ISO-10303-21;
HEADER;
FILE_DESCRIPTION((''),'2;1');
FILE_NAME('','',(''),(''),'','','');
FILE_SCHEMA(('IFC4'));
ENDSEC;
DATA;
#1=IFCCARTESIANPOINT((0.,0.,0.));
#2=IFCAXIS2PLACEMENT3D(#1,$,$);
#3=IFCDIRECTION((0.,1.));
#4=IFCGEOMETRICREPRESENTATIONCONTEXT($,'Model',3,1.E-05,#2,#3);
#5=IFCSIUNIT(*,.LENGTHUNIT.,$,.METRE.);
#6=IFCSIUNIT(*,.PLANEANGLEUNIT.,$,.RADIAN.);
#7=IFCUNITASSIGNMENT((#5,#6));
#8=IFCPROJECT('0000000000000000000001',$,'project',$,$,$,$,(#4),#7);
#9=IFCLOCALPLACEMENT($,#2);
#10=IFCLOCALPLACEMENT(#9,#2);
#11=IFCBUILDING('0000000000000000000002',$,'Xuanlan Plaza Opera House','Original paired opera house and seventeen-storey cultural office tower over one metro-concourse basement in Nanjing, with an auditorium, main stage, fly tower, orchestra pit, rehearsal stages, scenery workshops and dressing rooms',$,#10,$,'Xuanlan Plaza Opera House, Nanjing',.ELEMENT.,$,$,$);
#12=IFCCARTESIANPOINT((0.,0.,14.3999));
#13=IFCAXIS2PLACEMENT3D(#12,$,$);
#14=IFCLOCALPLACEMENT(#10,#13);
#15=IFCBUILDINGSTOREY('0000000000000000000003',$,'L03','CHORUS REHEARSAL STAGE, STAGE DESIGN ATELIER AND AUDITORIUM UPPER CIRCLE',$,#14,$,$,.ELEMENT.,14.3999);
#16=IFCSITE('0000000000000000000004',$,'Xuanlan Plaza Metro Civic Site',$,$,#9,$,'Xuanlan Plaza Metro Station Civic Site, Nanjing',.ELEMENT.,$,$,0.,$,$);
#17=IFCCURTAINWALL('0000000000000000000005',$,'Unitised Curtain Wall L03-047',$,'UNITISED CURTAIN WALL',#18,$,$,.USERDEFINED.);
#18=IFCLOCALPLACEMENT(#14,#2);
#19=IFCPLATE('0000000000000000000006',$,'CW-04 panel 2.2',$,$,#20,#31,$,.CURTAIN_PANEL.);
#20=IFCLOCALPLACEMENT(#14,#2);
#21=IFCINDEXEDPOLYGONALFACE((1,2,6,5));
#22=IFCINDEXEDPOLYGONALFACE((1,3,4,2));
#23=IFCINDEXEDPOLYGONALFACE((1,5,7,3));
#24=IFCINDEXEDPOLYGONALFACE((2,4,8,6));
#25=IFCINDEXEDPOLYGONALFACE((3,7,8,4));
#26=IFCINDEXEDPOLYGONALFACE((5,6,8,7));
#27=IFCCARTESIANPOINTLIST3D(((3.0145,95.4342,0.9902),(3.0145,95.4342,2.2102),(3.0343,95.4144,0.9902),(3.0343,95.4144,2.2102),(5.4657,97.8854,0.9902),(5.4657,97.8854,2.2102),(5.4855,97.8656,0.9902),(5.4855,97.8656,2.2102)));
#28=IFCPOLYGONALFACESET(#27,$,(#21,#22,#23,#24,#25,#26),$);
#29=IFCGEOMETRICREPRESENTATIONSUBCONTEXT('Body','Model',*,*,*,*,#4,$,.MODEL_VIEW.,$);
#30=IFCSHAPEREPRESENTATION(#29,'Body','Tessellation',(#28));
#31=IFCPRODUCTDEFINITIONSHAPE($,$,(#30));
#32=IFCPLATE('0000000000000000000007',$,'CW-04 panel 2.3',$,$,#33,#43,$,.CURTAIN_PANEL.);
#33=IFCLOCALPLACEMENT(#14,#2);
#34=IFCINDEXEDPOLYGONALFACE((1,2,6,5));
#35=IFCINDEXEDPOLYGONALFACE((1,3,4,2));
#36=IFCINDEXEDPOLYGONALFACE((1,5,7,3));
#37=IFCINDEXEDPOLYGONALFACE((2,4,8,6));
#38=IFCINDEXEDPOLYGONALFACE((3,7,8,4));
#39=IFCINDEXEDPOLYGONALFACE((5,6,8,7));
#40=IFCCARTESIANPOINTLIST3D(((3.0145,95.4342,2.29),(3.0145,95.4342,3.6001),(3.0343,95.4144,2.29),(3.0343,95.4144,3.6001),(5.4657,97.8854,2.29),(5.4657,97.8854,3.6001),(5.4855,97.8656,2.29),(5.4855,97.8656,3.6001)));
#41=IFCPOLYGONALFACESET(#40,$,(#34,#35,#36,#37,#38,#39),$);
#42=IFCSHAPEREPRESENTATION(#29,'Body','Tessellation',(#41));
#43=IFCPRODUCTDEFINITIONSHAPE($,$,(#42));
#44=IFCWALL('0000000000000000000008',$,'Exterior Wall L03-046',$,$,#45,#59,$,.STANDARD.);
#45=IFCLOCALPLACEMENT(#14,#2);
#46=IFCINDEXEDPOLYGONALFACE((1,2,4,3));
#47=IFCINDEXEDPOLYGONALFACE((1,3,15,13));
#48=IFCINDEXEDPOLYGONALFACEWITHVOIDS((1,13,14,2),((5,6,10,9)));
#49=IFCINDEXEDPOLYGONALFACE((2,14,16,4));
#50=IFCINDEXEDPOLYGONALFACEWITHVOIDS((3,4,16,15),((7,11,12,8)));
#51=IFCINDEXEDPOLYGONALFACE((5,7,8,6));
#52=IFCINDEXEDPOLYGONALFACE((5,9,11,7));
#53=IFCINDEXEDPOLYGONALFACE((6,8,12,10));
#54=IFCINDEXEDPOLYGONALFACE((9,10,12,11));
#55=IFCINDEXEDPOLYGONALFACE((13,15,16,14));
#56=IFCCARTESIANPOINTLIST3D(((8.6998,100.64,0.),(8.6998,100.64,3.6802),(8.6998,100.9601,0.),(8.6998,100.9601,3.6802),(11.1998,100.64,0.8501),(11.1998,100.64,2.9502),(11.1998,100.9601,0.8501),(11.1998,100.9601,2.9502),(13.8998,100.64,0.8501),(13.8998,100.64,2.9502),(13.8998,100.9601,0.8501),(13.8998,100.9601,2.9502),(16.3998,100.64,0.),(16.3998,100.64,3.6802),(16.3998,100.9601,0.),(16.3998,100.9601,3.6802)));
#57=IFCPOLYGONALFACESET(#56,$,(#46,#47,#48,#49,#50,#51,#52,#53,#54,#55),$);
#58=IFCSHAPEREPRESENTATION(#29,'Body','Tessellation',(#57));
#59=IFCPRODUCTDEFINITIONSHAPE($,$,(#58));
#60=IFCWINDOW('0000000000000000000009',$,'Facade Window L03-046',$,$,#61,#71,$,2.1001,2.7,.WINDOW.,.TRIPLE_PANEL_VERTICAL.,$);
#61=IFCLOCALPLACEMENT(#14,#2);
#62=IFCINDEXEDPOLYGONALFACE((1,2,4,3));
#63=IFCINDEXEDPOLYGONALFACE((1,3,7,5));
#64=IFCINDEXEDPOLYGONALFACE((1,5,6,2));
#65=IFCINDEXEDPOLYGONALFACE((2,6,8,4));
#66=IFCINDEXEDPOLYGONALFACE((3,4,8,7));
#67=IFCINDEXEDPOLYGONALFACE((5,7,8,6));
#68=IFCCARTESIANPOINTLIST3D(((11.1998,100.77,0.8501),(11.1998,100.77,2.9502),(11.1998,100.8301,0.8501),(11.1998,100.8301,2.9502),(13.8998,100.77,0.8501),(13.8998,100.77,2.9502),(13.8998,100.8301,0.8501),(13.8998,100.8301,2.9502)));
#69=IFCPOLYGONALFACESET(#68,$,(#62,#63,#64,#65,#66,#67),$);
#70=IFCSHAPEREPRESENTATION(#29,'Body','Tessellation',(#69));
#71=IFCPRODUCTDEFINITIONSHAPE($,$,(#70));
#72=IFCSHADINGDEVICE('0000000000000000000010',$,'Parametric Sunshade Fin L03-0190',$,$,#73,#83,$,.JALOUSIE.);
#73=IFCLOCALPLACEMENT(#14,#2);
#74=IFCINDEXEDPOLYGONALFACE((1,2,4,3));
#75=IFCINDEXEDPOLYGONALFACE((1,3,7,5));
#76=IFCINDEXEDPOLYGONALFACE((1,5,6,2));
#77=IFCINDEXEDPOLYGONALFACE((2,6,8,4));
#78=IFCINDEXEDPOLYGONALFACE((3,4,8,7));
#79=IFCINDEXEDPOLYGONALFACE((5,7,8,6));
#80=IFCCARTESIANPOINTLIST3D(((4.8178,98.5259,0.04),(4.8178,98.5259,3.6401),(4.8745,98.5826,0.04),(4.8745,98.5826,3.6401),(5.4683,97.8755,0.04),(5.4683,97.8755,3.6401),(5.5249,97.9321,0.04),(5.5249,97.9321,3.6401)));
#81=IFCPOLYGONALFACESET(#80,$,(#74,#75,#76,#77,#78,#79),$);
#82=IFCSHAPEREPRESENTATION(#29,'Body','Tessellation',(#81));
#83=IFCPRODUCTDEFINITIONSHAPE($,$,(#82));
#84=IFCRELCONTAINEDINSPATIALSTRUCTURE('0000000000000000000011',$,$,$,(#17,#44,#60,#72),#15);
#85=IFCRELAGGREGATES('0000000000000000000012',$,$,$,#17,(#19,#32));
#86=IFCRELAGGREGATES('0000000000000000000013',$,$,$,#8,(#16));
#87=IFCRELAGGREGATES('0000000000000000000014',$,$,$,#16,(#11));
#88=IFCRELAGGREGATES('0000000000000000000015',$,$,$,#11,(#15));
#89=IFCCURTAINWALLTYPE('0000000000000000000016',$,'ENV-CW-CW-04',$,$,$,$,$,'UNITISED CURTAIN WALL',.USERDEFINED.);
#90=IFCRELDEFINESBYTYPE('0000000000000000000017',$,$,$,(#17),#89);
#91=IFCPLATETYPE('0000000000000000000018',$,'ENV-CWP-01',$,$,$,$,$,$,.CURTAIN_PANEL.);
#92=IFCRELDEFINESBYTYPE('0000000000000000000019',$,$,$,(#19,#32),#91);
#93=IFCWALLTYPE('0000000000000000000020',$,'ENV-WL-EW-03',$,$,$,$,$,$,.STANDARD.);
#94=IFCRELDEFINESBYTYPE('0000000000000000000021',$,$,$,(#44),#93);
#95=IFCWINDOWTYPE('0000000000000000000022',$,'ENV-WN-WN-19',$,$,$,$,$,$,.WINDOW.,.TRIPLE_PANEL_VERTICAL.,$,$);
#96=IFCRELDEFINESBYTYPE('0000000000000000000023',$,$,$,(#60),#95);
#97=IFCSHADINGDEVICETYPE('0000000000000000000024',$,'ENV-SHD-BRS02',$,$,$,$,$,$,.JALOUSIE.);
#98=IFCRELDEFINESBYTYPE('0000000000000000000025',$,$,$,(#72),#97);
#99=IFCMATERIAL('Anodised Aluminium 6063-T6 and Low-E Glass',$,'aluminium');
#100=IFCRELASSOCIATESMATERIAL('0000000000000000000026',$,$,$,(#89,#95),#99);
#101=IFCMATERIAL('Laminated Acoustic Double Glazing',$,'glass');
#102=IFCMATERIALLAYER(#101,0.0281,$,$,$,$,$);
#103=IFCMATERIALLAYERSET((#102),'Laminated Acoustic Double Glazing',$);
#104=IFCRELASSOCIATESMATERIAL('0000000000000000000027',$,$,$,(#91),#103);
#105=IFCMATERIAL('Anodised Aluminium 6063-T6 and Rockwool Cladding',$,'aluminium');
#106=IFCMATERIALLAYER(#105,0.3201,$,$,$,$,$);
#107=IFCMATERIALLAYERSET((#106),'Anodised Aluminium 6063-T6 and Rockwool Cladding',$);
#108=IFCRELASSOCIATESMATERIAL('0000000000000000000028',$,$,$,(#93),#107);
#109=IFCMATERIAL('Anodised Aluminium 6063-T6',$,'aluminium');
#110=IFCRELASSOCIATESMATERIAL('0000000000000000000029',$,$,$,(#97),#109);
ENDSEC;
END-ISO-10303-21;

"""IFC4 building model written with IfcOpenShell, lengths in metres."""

from ifc_helpers import new_model, si_unit, direction, frame, frame_2d, origin, origin_2d, place, context, subcontext, project, spatial, rectangle, extrude, material, layer, layer_set, type_object, element, fill, aggregate, save


model = new_model("IFC4")

# Units and contexts
model_context = context("Model", 3, precision=1e-05, world=origin(), true_north=direction((0.0, 1.0)))
body_context = subcontext(model_context, "Body", "Model", "MODEL_VIEW")
ifc_project = project(units=[si_unit("LENGTHUNIT", "METRE"), si_unit("PLANEANGLEUNIT", "RADIAN")], contexts=[model_context])

# Site, building, storey
site_placement = place(None, origin())
site = spatial("IfcSite", under=ifc_project, at=site_placement, Name="Xuanlan Plaza Metro Civic Site", LongName="Xuanlan Plaza Metro Station Civic Site, Nanjing", CompositionType="ELEMENT", RefElevation=0.0)
building_placement = place(site_placement, origin())
building = spatial("IfcBuilding", under=site, at=building_placement, Name="Xuanlan Plaza Opera House", Description="Original paired opera house and seventeen-storey cultural office tower over one metro-concourse basement in Nanjing, with an auditorium, main stage, fly tower, orchestra pit, rehearsal stages, scenery workshops and dressing rooms", LongName="Xuanlan Plaza Opera House, Nanjing", CompositionType="ELEMENT")
storey_placement = place(building_placement, frame((0.0, 0.0, 14.3999)))
storey = spatial("IfcBuildingStorey", under=building, at=storey_placement, Name="L03", Description="CHORUS REHEARSAL STAGE, STAGE DESIGN ATELIER AND AUDITORIUM UPPER CIRCLE", CompositionType="ELEMENT", Elevation=14.3999)

# Curtain wall
ifc_material_1 = material(Name="Anodised Aluminium 6063-T6 and Low-E Glass", Category="aluminium")
curtain_wall_type = type_object("IfcCurtainWallType", Name="ENV-CW-CW-04", ElementType="UNITISED CURTAIN WALL", PredefinedType="USERDEFINED", material=ifc_material_1)
curtain_wall_placement = place(storey_placement, origin())
curtain_wall = element("IfcCurtainWall", 1, at=curtain_wall_placement, inside=storey, type_object=curtain_wall_type, Name="Unitised Curtain Wall L03-047", ObjectType="UNITISED CURTAIN WALL", PredefinedType="USERDEFINED")
ifc_material_2 = material(Name="Anodised Aluminium 6063-T6", Category="aluminium")

# Plates
ifc_material_3 = material(Name="Laminated Acoustic Double Glazing", Category="glass")
ifc_layer_1 = layer(ifc_material_3, 0.0281)
ifc_layer_set_1 = layer_set([ifc_layer_1], Name="Laminated Acoustic Double Glazing")
plate_type = type_object("IfcPlateType", Name="ENV-CWP-01", PredefinedType="CURTAIN_PANEL", material=ifc_layer_set_1)
plate_1_placement = place(storey_placement, frame((4.25, 96.6499, 0.9902), z_axis=(0.0, 0.0, 1.0), x_axis=(-0.707107, -0.707107, 0.0)))
plate_1 = element("IfcPlate", 2, at=plate_1_placement, type_object=plate_type, Name="CW-04 panel 2.2", PredefinedType="CURTAIN_PANEL", context=body_context, shape_type="SweptSolid", body=[
    extrude(rectangle(XDim=3.4666, YDim=0.0281, at=origin_2d()), origin(), (0.0, 0.0, 1.0), 1.22),
])
plate_2_placement = place(storey_placement, frame((4.25, 96.6499, 2.29), z_axis=(0.0, 0.0, 1.0), x_axis=(-0.707107, -0.707107, 0.0)))
plate_2 = element("IfcPlate", 3, at=plate_2_placement, type_object=plate_type, Name="CW-04 panel 2.3", PredefinedType="CURTAIN_PANEL", context=body_context, shape_type="SweptSolid", body=[
    extrude(rectangle(XDim=3.4666, YDim=0.0281, at=origin_2d()), origin(), (0.0, 0.0, 1.0), 1.3101),
])
aggregate(curtain_wall, [plate_1, plate_2])

# Wall, opening, window
ifc_material_4 = material(Name="Anodised Aluminium 6063-T6 and Rockwool Cladding", Category="aluminium")
ifc_layer_2 = layer(ifc_material_4, 0.3201)
ifc_layer_set_2 = layer_set([ifc_layer_2], Name="Anodised Aluminium 6063-T6 and Rockwool Cladding")
wall_type = type_object("IfcWallType", Name="ENV-WL-EW-03", PredefinedType="STANDARD", material=ifc_layer_set_2)
wall_placement = place(storey_placement, frame((16.3999, 100.8, 0.0), z_axis=(0.0, 0.0, 1.0), x_axis=(-1.0, 0.0, 0.0)))
wall = element("IfcWall", 4, at=wall_placement, inside=storey, type_object=wall_type, Name="Exterior Wall L03-046", PredefinedType="STANDARD", context=body_context, shape_type="SweptSolid", body=[
    extrude(rectangle(XDim=7.7, YDim=0.3201, at=frame_2d((3.8501, 0.0))), origin(), (0.0, 0.0, 1.0), 3.6802),
])
opening_placement = place(wall_placement, frame((2.5, 0.0, 0.8501)))
opening = element("IfcOpeningElement", 5, at=opening_placement, cuts=wall, PredefinedType="OPENING", context=body_context, shape_type="SweptSolid", body=[
    extrude(rectangle(XDim=2.7, YDim=2.1001, at=frame_2d((1.3501, 1.05))), frame((0.0, 0.1699, 0.0), z_axis=(0.0, -1.0, 0.0), x_axis=(1.0, 0.0, 0.0)), (0.0, 0.0, 1.0), 0.3401),
])
window_type = type_object("IfcWindowType", Name="ENV-WN-WN-19", PartitioningType="TRIPLE_PANEL_VERTICAL", PredefinedType="WINDOW", material=ifc_material_1)
window_placement = place(opening_placement, origin())
window = element("IfcWindow", 6, at=window_placement, inside=storey, type_object=window_type, Name="Facade Window L03-046", OverallHeight=2.1001, OverallWidth=2.7, PartitioningType="TRIPLE_PANEL_VERTICAL", PredefinedType="WINDOW", context=body_context, shape_type="SweptSolid", body=[
    extrude(rectangle(XDim=2.7, YDim=2.1001, at=frame_2d((1.3501, 1.05))), frame((0.0, 0.03, 0.0), z_axis=(0.0, -1.0, 0.0), x_axis=(1.0, 0.0, 0.0)), (0.0, 0.0, 1.0), 0.0601),
])
fill(opening, window)

# Shading device
shading_device_type = type_object("IfcShadingDeviceType", Name="ENV-SHD-BRS02", PredefinedType="JALOUSIE", material=ifc_material_2)
shading_device_placement = place(storey_placement, frame((5.1714, 98.229, 0.04), z_axis=(0.0, 0.0, 1.0), x_axis=(-0.707107, 0.707107, 0.0)))
element("IfcShadingDevice", 7, at=shading_device_placement, inside=storey, type_object=shading_device_type, Name="Parametric Sunshade Fin L03-0190", PredefinedType="JALOUSIE", context=body_context, shape_type="SweptSolid", body=[
    extrude(rectangle(XDim=0.9199, YDim=0.0801, at=origin_2d()), origin(), (0.0, 0.0, 1.0), 3.6001),
])

save(model, "model.ifc")
